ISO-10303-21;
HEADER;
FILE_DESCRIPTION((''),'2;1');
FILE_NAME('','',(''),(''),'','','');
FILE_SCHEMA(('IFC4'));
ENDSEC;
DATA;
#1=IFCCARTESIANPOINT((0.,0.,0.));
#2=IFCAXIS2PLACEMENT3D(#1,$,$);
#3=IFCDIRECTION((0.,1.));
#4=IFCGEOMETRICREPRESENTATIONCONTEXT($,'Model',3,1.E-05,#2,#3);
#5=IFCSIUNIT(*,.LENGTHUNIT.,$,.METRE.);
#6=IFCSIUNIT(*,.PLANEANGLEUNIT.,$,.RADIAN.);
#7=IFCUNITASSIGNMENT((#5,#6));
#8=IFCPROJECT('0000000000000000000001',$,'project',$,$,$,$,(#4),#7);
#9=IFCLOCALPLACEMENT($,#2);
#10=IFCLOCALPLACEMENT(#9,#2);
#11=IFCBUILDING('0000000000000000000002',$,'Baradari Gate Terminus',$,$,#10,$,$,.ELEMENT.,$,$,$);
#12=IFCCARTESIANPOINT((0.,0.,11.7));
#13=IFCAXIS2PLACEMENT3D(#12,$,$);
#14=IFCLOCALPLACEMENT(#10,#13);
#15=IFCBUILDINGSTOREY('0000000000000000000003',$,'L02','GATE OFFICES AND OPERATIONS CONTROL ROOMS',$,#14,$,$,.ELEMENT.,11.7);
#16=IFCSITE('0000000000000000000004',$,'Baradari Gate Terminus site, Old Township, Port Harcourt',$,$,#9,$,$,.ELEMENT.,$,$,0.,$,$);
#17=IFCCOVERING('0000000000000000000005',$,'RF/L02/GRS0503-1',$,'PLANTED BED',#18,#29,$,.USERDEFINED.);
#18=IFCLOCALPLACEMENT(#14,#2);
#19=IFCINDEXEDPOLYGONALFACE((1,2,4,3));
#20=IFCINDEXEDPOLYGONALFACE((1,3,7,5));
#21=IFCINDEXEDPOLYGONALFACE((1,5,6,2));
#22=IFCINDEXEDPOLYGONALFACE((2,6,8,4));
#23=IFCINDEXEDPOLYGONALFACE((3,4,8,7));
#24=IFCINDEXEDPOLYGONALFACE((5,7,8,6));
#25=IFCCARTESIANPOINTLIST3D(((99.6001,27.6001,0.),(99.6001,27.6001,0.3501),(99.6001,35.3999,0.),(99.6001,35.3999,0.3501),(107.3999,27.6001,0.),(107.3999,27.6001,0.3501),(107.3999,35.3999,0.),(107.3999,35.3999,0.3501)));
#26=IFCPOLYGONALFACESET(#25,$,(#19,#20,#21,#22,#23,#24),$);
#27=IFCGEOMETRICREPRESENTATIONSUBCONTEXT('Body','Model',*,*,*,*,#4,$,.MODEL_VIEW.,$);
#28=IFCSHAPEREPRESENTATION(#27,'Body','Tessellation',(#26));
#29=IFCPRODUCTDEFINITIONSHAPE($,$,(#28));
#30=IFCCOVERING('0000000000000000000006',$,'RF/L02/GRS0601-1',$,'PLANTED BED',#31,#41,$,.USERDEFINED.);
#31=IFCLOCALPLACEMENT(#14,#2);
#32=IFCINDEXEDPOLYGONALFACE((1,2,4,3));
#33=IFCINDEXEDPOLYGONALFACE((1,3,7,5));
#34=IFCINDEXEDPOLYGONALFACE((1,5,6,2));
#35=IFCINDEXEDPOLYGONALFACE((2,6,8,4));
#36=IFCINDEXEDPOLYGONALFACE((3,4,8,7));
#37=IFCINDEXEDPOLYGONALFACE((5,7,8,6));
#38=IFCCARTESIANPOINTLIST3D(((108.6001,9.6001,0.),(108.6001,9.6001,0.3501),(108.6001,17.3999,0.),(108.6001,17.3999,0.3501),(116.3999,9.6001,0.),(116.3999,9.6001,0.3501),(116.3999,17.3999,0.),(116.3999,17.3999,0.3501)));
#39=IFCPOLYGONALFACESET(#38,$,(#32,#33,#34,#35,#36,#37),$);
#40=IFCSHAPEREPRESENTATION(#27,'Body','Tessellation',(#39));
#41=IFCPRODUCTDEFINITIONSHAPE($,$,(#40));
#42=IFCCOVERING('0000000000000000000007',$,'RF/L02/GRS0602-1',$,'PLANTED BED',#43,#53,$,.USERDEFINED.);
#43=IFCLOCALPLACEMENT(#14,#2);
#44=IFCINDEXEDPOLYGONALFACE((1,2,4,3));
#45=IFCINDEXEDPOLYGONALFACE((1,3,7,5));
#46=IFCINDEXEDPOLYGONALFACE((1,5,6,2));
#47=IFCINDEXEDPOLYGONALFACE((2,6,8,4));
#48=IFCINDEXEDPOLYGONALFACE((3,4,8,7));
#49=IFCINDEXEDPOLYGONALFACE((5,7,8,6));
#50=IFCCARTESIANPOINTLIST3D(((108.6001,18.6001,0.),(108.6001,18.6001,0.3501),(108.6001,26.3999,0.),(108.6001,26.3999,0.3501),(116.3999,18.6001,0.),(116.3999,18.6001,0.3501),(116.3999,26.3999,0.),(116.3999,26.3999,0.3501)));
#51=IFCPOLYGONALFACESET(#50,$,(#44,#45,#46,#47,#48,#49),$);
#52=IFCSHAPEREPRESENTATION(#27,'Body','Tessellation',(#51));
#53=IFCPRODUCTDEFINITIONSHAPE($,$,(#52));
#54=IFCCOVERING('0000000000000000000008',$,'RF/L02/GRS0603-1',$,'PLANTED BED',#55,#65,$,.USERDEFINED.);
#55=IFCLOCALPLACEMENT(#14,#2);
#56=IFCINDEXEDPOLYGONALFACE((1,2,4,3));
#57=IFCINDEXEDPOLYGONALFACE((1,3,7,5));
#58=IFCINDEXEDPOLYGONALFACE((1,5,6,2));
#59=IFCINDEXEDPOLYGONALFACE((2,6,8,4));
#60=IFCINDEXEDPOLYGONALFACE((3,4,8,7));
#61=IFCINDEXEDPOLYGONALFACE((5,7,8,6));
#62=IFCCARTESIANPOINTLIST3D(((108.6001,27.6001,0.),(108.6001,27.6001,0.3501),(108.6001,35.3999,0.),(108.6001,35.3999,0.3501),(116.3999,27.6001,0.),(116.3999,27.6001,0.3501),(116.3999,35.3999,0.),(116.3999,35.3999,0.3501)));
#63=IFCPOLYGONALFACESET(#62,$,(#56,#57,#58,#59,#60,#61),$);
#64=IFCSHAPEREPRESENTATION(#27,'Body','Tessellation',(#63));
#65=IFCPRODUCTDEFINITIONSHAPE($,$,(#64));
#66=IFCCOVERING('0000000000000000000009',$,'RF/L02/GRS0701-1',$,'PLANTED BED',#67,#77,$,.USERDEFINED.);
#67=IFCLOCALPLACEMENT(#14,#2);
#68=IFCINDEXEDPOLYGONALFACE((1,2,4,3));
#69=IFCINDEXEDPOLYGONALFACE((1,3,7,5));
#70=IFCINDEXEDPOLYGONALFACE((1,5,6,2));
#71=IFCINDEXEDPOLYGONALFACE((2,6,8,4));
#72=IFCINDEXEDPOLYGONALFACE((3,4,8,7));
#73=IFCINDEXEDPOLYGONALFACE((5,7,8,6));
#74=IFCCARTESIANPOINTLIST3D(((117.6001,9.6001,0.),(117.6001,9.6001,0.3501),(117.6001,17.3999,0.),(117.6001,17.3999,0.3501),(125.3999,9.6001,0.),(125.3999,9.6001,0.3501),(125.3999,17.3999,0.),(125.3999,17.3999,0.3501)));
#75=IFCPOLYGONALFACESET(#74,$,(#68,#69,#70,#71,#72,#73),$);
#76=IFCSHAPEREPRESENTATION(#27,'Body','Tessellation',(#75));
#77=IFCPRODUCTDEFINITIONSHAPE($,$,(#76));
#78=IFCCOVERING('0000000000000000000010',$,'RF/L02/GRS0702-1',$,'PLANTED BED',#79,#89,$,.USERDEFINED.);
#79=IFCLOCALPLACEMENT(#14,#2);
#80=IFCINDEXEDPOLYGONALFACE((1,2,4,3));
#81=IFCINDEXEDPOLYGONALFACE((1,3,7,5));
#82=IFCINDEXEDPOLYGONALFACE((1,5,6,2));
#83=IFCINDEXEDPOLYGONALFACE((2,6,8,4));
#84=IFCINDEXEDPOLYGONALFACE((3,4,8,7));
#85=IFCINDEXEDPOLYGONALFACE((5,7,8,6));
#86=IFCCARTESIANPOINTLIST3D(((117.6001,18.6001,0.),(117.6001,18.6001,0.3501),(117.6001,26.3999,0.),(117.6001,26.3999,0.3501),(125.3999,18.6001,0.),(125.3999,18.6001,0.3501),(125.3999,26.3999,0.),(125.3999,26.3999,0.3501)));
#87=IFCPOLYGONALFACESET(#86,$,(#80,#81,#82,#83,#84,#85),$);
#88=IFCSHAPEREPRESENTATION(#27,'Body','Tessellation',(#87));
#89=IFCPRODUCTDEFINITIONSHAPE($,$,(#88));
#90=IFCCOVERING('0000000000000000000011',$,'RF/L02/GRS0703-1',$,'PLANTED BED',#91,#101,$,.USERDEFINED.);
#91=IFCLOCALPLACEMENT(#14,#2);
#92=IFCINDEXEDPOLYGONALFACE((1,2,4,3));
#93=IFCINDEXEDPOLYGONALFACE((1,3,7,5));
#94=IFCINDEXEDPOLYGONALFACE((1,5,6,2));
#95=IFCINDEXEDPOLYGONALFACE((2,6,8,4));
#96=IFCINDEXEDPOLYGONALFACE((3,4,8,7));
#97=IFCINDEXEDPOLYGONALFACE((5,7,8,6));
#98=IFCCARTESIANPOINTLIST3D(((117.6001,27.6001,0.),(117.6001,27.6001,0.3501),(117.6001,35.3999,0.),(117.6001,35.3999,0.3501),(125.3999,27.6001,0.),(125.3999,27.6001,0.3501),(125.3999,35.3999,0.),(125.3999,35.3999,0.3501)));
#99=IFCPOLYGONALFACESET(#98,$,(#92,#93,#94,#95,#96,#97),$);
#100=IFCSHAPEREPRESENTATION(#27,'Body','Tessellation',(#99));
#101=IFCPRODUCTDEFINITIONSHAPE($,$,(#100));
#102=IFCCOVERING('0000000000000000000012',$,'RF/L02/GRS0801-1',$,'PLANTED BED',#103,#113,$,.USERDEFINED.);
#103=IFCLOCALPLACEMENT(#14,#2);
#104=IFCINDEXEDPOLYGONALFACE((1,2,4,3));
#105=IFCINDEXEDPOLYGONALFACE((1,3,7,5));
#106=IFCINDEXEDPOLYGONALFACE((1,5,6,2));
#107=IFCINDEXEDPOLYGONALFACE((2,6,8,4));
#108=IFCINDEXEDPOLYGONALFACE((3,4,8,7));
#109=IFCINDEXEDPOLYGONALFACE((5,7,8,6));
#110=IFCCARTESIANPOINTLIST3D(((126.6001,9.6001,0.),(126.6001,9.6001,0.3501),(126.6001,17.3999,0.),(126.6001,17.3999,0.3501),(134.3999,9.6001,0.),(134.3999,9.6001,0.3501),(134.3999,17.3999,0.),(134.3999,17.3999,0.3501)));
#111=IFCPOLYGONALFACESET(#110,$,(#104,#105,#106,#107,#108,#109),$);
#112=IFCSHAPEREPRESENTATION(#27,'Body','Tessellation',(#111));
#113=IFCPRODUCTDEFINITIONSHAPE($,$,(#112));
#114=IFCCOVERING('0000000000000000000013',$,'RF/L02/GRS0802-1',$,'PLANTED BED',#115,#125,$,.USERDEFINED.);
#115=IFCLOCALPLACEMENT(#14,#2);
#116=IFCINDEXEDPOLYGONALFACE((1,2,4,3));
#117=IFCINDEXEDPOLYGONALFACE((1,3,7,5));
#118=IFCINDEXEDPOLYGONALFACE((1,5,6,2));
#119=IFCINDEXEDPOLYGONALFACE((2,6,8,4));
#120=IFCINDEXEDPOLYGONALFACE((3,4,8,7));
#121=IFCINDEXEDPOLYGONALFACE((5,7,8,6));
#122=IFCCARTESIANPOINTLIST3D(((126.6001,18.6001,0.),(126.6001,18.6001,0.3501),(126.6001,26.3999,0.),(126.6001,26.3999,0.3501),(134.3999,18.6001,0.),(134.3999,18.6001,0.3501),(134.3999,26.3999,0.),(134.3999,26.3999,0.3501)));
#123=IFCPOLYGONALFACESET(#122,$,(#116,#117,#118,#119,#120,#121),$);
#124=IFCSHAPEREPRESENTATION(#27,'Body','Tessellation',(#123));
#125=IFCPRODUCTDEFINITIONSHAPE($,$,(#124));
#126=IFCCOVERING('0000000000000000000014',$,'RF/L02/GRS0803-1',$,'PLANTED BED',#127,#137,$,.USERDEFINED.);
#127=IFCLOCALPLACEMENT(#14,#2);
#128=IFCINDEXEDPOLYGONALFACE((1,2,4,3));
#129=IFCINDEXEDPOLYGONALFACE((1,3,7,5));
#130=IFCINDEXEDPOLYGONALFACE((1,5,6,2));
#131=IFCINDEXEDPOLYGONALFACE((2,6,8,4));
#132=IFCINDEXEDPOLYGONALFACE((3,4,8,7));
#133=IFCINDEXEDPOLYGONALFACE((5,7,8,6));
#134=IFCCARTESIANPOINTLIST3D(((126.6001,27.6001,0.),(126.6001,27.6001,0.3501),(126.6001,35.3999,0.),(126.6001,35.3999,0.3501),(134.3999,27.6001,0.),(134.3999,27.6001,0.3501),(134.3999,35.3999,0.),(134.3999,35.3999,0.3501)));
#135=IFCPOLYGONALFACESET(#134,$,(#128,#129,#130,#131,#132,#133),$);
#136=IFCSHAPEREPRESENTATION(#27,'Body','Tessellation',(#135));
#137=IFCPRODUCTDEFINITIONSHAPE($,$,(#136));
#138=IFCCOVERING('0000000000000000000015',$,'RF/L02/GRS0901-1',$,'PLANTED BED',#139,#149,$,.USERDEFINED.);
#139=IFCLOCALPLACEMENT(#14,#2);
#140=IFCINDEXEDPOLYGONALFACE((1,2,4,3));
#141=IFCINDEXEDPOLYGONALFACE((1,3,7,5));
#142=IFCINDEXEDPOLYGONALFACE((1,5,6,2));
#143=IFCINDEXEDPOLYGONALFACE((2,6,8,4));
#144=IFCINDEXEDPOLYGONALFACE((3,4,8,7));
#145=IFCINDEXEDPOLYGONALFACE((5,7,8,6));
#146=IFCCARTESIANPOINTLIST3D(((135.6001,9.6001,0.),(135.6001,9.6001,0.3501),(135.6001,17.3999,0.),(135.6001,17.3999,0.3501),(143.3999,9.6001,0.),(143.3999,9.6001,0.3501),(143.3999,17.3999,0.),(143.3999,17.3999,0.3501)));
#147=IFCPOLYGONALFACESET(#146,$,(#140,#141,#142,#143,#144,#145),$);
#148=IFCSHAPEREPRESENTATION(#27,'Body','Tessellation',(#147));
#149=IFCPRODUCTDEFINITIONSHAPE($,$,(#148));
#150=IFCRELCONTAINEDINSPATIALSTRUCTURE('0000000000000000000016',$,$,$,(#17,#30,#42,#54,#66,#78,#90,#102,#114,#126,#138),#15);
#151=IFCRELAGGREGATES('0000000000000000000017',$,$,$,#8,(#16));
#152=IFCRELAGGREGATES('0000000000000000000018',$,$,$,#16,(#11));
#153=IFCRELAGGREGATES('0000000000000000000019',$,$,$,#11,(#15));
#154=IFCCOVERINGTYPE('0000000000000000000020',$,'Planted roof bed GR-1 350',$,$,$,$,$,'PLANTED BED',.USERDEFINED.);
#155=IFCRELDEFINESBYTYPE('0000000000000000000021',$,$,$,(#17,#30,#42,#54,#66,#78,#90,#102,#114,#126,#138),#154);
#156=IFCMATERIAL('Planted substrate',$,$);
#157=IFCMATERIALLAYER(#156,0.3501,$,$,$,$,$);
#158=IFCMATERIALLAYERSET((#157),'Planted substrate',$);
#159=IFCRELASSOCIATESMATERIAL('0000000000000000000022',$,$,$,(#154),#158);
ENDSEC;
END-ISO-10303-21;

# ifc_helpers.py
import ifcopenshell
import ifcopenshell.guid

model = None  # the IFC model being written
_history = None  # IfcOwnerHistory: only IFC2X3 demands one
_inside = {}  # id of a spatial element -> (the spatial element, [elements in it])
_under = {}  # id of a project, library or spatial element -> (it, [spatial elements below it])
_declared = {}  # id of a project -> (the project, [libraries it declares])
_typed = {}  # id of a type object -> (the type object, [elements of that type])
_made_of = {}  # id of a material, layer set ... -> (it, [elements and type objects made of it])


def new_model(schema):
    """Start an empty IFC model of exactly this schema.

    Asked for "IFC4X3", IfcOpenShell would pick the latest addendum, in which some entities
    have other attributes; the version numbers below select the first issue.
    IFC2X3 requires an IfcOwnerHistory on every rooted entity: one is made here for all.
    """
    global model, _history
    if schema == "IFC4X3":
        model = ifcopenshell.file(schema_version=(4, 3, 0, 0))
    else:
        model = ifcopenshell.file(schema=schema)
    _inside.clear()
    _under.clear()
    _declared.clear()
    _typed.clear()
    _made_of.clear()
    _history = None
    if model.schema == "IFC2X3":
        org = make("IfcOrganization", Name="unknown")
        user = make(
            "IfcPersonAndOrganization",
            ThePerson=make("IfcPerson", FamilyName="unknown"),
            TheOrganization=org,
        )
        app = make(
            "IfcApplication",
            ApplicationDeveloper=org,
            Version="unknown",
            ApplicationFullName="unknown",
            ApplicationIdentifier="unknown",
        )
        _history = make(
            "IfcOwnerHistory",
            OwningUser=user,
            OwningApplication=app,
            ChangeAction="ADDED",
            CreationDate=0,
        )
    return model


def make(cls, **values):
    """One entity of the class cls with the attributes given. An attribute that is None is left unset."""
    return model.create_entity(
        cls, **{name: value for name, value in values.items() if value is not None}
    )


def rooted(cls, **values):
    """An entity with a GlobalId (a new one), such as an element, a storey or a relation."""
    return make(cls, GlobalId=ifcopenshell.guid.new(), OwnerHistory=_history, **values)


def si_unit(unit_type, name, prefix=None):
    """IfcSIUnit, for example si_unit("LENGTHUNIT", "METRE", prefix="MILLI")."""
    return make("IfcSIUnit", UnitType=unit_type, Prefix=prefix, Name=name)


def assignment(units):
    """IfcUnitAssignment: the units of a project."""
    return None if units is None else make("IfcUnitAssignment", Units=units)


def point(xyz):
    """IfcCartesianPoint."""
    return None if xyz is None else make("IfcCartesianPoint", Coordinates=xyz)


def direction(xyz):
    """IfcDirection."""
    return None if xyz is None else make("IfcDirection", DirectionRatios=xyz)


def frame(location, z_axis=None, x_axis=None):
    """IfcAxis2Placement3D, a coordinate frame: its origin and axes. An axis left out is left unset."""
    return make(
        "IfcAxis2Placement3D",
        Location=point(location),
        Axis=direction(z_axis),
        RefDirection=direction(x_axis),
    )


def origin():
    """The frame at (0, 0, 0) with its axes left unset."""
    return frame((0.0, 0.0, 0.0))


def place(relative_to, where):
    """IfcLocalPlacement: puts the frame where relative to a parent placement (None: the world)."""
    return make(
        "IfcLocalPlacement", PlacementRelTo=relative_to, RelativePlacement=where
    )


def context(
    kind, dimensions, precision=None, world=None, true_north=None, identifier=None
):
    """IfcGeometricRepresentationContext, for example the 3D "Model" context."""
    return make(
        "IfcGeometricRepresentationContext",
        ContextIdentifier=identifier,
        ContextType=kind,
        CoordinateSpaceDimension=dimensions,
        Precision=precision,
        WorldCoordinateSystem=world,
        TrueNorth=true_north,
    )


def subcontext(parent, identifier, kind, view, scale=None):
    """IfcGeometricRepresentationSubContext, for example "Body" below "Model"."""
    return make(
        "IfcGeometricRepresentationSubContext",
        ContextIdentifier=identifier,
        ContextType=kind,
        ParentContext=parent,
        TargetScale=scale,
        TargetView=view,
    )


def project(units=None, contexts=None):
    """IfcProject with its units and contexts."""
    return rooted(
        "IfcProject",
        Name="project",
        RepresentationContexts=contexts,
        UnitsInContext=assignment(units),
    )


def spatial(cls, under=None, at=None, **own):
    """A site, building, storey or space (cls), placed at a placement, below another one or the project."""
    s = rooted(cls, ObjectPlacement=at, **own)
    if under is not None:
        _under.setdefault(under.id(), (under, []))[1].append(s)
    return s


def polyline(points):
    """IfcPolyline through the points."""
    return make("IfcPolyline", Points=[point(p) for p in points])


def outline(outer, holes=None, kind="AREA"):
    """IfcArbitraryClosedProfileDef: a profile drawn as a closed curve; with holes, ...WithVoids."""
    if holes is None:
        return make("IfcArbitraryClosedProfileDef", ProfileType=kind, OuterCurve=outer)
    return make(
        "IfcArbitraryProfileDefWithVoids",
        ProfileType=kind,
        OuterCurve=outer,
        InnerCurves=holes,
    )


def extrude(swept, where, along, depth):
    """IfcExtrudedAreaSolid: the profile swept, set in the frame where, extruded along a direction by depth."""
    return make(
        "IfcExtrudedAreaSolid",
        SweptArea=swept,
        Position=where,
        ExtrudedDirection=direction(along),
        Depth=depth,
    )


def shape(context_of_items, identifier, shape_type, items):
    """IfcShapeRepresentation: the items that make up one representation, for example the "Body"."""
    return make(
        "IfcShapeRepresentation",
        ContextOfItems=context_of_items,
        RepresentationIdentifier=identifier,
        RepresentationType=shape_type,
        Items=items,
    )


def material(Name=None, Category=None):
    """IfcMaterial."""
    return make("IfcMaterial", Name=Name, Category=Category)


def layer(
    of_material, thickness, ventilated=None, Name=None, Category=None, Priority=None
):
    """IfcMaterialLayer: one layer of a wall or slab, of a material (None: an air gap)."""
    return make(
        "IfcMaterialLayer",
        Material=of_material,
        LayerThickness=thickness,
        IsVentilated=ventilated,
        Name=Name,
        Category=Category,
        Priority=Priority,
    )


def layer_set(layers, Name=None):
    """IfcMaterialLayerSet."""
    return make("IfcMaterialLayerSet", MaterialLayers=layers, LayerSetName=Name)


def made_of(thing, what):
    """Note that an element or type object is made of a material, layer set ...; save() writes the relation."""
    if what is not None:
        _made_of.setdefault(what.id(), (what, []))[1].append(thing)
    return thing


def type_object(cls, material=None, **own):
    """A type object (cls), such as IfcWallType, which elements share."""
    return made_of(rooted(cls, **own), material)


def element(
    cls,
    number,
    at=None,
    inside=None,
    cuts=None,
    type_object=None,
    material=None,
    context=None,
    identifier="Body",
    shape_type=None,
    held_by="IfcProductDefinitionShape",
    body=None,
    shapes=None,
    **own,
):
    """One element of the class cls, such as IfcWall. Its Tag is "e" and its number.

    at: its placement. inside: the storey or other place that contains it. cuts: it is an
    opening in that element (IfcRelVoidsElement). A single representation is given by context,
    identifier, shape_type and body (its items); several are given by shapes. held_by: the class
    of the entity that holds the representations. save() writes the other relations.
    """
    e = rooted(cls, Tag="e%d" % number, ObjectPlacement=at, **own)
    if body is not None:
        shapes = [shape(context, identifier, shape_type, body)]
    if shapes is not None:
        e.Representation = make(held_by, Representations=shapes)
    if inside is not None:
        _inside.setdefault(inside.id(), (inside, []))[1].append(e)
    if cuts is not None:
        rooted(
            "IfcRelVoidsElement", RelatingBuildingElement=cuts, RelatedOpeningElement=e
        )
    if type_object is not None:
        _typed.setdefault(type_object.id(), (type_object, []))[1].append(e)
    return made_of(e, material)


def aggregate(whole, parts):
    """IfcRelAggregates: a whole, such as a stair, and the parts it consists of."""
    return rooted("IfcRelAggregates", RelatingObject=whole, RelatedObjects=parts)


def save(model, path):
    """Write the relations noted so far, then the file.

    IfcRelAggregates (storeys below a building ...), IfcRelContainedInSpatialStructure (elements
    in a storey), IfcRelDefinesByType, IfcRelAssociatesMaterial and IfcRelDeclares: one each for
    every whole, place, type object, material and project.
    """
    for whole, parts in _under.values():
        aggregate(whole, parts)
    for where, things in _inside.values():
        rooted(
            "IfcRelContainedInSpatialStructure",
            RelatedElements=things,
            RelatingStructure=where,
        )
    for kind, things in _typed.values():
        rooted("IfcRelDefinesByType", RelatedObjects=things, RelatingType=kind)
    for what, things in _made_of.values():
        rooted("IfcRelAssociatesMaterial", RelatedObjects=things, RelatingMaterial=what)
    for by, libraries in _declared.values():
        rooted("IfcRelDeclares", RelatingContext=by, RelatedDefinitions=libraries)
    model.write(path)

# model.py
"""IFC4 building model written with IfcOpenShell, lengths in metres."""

from ifc_helpers import new_model, si_unit, direction, frame, origin, place, context, subcontext, project, spatial, polyline, outline, extrude, material, layer, layer_set, type_object, element, save


model = new_model("IFC4")

# Units and contexts
model_context = context("Model", 3, precision=1e-05, world=origin(), true_north=direction((0.0, 1.0)))
body_context = subcontext(model_context, "Body", "Model", "MODEL_VIEW")
ifc_project = project(units=[si_unit("LENGTHUNIT", "METRE"), si_unit("PLANEANGLEUNIT", "RADIAN")], contexts=[model_context])

# Site, building, storey
site_placement = place(None, origin())
site = spatial("IfcSite", under=ifc_project, at=site_placement, Name="Baradari Gate Terminus site, Old Township, Port Harcourt", CompositionType="ELEMENT", RefElevation=0.0)
building_placement = place(site_placement, origin())
building = spatial("IfcBuilding", under=site, at=building_placement, Name="Baradari Gate Terminus", CompositionType="ELEMENT")
storey_placement = place(building_placement, frame((0.0, 0.0, 11.7)))
storey = spatial("IfcBuildingStorey", under=building, at=storey_placement, Name="L02", Description="GATE OFFICES AND OPERATIONS CONTROL ROOMS", CompositionType="ELEMENT", Elevation=11.7)

# Coverings
ifc_material = material(Name="Planted substrate")
ifc_layer = layer(ifc_material, 0.3501)
ifc_layer_set = layer_set([ifc_layer], Name="Planted substrate")
covering_type = type_object("IfcCoveringType", Name="Planted roof bed GR-1 350", ElementType="PLANTED BED", PredefinedType="USERDEFINED", material=ifc_layer_set)
covering_1_placement = place(storey_placement, origin())
element("IfcCovering", 1, at=covering_1_placement, inside=storey, type_object=covering_type, Name="RF/L02/GRS0503-1", ObjectType="PLANTED BED", PredefinedType="USERDEFINED", context=body_context, shape_type="SweptSolid", body=[
    extrude(outline(polyline([(99.6001, 35.3999), (107.3999, 35.3999), (107.3999, 27.6001), (99.6001, 27.6001), (99.6001, 35.3999)])), origin(), (0.0, 0.0, 1.0), 0.3501),
])
covering_2_placement = place(storey_placement, origin())
element("IfcCovering", 2, at=covering_2_placement, inside=storey, type_object=covering_type, Name="RF/L02/GRS0601-1", ObjectType="PLANTED BED", PredefinedType="USERDEFINED", context=body_context, shape_type="SweptSolid", body=[
    extrude(outline(polyline([(108.6001, 17.3999), (116.3999, 17.3999), (116.3999, 9.6001), (108.6001, 9.6001), (108.6001, 17.3999)])), origin(), (0.0, 0.0, 1.0), 0.3501),
])
covering_3_placement = place(storey_placement, origin())
element("IfcCovering", 3, at=covering_3_placement, inside=storey, type_object=covering_type, Name="RF/L02/GRS0602-1", ObjectType="PLANTED BED", PredefinedType="USERDEFINED", context=body_context, shape_type="SweptSolid", body=[
    extrude(outline(polyline([(108.6001, 26.3999), (116.3999, 26.3999), (116.3999, 18.6001), (108.6001, 18.6001), (108.6001, 26.3999)])), origin(), (0.0, 0.0, 1.0), 0.3501),
])
covering_4_placement = place(storey_placement, origin())
element("IfcCovering", 4, at=covering_4_placement, inside=storey, type_object=covering_type, Name="RF/L02/GRS0603-1", ObjectType="PLANTED BED", PredefinedType="USERDEFINED", context=body_context, shape_type="SweptSolid", body=[
    extrude(outline(polyline([(108.6001, 35.3999), (116.3999, 35.3999), (116.3999, 27.6001), (108.6001, 27.6001), (108.6001, 35.3999)])), origin(), (0.0, 0.0, 1.0), 0.3501),
])
covering_5_placement = place(storey_placement, origin())
element("IfcCovering", 5, at=covering_5_placement, inside=storey, type_object=covering_type, Name="RF/L02/GRS0701-1", ObjectType="PLANTED BED", PredefinedType="USERDEFINED", context=body_context, shape_type="SweptSolid", body=[
    extrude(outline(polyline([(117.6001, 17.3999), (125.3999, 17.3999), (125.3999, 9.6001), (117.6001, 9.6001), (117.6001, 17.3999)])), origin(), (0.0, 0.0, 1.0), 0.3501),
])
covering_6_placement = place(storey_placement, origin())
element("IfcCovering", 6, at=covering_6_placement, inside=storey, type_object=covering_type, Name="RF/L02/GRS0702-1", ObjectType="PLANTED BED", PredefinedType="USERDEFINED", context=body_context, shape_type="SweptSolid", body=[
    extrude(outline(polyline([(117.6001, 26.3999), (125.3999, 26.3999), (125.3999, 18.6001), (117.6001, 18.6001), (117.6001, 26.3999)])), origin(), (0.0, 0.0, 1.0), 0.3501),
])
covering_7_placement = place(storey_placement, origin())
element("IfcCovering", 7, at=covering_7_placement, inside=storey, type_object=covering_type, Name="RF/L02/GRS0703-1", ObjectType="PLANTED BED", PredefinedType="USERDEFINED", context=body_context, shape_type="SweptSolid", body=[
    extrude(outline(polyline([(117.6001, 35.3999), (125.3999, 35.3999), (125.3999, 27.6001), (117.6001, 27.6001), (117.6001, 35.3999)])), origin(), (0.0, 0.0, 1.0), 0.3501),
])
covering_8_placement = place(storey_placement, origin())
element("IfcCovering", 8, at=covering_8_placement, inside=storey, type_object=covering_type, Name="RF/L02/GRS0801-1", ObjectType="PLANTED BED", PredefinedType="USERDEFINED", context=body_context, shape_type="SweptSolid", body=[
    extrude(outline(polyline([(126.6001, 17.3999), (134.3999, 17.3999), (134.3999, 9.6001), (126.6001, 9.6001), (126.6001, 17.3999)])), origin(), (0.0, 0.0, 1.0), 0.3501),
])
covering_9_placement = place(storey_placement, origin())
element("IfcCovering", 9, at=covering_9_placement, inside=storey, type_object=covering_type, Name="RF/L02/GRS0802-1", ObjectType="PLANTED BED", PredefinedType="USERDEFINED", context=body_context, shape_type="SweptSolid", body=[
    extrude(outline(polyline([(126.6001, 26.3999), (134.3999, 26.3999), (134.3999, 18.6001), (126.6001, 18.6001), (126.6001, 26.3999)])), origin(), (0.0, 0.0, 1.0), 0.3501),
])
covering_10_placement = place(storey_placement, origin())
element("IfcCovering", 10, at=covering_10_placement, inside=storey, type_object=covering_type, Name="RF/L02/GRS0803-1", ObjectType="PLANTED BED", PredefinedType="USERDEFINED", context=body_context, shape_type="SweptSolid", body=[
    extrude(outline(polyline([(126.6001, 35.3999), (134.3999, 35.3999), (134.3999, 27.6001), (126.6001, 27.6001), (126.6001, 35.3999)])), origin(), (0.0, 0.0, 1.0), 0.3501),
])
covering_11_placement = place(storey_placement, origin())
element("IfcCovering", 11, at=covering_11_placement, inside=storey, type_object=covering_type, Name="RF/L02/GRS0901-1", ObjectType="PLANTED BED", PredefinedType="USERDEFINED", context=body_context, shape_type="SweptSolid", body=[
    extrude(outline(polyline([(135.6001, 17.3999), (143.3999, 17.3999), (143.3999, 9.6001), (135.6001, 9.6001), (135.6001, 17.3999)])), origin(), (0.0, 0.0, 1.0), 0.3501),
])

save(model, "model.ifc")
